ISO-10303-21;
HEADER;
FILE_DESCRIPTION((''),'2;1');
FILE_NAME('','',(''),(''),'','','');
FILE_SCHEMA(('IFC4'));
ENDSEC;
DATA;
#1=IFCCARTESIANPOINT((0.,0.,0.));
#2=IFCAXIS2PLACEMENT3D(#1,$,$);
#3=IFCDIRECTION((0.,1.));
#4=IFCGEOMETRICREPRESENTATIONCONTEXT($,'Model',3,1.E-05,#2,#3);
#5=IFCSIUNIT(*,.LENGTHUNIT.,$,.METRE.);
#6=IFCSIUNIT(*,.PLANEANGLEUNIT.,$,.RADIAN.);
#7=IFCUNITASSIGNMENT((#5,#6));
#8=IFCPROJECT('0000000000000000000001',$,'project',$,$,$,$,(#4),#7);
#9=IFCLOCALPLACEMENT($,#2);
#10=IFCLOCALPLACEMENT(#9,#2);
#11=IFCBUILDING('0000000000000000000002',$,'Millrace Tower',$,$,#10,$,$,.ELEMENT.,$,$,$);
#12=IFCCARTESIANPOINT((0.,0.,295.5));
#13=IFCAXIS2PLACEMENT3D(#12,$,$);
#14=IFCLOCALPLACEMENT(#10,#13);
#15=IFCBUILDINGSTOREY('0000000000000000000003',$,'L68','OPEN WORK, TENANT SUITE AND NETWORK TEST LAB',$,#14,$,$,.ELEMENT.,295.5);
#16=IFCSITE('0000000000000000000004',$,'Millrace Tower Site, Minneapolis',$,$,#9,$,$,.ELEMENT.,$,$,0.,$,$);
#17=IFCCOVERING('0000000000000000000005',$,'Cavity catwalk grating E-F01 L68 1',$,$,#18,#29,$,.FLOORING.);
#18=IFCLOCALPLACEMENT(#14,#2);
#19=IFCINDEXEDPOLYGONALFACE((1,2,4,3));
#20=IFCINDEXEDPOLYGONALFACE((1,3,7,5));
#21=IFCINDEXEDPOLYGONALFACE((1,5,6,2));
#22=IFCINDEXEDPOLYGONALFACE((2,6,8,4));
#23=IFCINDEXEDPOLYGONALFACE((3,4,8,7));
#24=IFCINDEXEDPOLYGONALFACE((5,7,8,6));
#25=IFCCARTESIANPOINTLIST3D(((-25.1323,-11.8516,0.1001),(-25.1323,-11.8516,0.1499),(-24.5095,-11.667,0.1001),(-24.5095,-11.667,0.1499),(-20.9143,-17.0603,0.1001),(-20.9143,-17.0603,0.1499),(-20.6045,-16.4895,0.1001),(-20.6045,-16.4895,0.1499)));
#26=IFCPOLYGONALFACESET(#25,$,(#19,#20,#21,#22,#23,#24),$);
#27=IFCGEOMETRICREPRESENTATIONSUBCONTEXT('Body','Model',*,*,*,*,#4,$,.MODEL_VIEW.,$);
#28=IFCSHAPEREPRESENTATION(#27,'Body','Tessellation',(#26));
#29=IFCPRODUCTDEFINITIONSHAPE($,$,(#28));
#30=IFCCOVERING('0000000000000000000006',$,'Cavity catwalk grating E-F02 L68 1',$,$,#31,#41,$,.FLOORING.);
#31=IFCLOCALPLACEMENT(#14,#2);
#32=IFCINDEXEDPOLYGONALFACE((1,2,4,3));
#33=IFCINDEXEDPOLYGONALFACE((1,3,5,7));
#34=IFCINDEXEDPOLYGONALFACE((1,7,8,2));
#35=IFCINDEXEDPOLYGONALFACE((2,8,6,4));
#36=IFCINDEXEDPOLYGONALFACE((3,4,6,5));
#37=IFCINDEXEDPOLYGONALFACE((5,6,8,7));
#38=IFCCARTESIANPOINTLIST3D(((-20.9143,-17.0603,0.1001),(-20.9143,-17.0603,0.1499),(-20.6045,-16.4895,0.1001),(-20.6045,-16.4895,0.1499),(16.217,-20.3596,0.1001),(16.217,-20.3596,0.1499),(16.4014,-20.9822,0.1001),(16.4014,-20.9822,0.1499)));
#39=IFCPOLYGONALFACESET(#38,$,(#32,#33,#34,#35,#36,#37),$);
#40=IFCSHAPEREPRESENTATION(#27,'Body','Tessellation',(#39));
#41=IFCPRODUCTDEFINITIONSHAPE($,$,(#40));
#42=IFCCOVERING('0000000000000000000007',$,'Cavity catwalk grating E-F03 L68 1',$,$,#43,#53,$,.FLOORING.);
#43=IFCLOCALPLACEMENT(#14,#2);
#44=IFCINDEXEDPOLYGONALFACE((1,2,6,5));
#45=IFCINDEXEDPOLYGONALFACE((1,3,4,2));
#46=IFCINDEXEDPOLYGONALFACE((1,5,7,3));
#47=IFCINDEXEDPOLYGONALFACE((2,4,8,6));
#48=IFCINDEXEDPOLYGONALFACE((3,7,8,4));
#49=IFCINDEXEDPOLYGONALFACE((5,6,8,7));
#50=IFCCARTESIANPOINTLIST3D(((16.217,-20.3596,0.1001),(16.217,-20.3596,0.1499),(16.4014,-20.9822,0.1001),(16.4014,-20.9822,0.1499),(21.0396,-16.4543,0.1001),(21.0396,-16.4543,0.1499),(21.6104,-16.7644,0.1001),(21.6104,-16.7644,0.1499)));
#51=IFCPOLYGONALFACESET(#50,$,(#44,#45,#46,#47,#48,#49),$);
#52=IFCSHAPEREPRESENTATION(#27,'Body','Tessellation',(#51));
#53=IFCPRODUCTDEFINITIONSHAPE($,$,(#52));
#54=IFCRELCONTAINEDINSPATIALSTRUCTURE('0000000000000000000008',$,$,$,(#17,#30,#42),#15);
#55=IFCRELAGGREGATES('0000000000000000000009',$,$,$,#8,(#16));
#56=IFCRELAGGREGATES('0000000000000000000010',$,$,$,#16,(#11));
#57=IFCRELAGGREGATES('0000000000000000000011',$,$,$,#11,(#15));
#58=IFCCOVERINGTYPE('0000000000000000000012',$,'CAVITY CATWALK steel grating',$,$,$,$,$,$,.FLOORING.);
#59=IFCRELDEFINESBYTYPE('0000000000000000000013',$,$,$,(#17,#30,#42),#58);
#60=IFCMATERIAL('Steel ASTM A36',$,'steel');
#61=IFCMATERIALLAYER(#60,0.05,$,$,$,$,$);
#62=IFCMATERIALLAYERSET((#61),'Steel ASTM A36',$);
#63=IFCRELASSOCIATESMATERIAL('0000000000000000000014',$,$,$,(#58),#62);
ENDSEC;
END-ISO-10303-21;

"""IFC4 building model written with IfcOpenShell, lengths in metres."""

from ifc_helpers import new_model, si_unit, direction, frame, origin, place, context, subcontext, project, spatial, polyline, outline, extrude, material, layer, layer_set, type_object, element, save


model = new_model("IFC4")

# Units and contexts
model_context = context("Model", 3, precision=1e-05, world=origin(), true_north=direction((0.0, 1.0)))
body_context = subcontext(model_context, "Body", "Model", "MODEL_VIEW")
ifc_project = project(units=[si_unit("LENGTHUNIT", "METRE"), si_unit("PLANEANGLEUNIT", "RADIAN")], contexts=[model_context])

# Site, building, storey
site_placement = place(None, origin())
site = spatial("IfcSite", under=ifc_project, at=site_placement, Name="Millrace Tower Site, Minneapolis", CompositionType="ELEMENT", RefElevation=0.0)
building_placement = place(site_placement, origin())
building = spatial("IfcBuilding", under=site, at=building_placement, Name="Millrace Tower", CompositionType="ELEMENT")
storey_placement = place(building_placement, frame((0.0, 0.0, 295.5)))
storey = spatial("IfcBuildingStorey", under=building, at=storey_placement, Name="L68", Description="OPEN WORK, TENANT SUITE AND NETWORK TEST LAB", CompositionType="ELEMENT", Elevation=295.5)

# Coverings
ifc_material_1 = material(Name="Steel ASTM A36", Category="steel")
ifc_layer_1 = layer(ifc_material_1, 0.05)
ifc_layer_set_1 = layer_set([ifc_layer_1], Name="Steel ASTM A36")
covering_type = type_object("IfcCoveringType", Name="CAVITY CATWALK steel grating", PredefinedType="FLOORING", material=ifc_layer_set_1)
placement_1 = place(storey_placement, frame((0.0, 0.0, 0.1001)))
element("IfcCovering", 1, at=placement_1, inside=storey, type_object=covering_type, Name="Cavity catwalk grating E-F01 L68 1", PredefinedType="FLOORING", context=body_context, shape_type="SweptSolid", body=[
    extrude(outline(polyline([(-25.1323, -11.8516), (-20.9143, -17.0603), (-20.6045, -16.4895), (-24.5095, -11.667), (-25.1323, -11.8516)])), origin(), (0.0, 0.0, 1.0), 0.0498),
])
element("IfcCovering", 2, at=placement_1, inside=storey, type_object=covering_type, Name="Cavity catwalk grating E-F02 L68 1", PredefinedType="FLOORING", context=body_context, shape_type="SweptSolid", body=[
    extrude(outline(polyline([(-20.9143, -17.0603), (16.4014, -20.9822), (16.217, -20.3596), (-20.6045, -16.4895), (-20.9143, -17.0603)])), origin(), (0.0, 0.0, 1.0), 0.0498),
])
element("IfcCovering", 3, at=placement_1, inside=storey, type_object=covering_type, Name="Cavity catwalk grating E-F03 L68 1", PredefinedType="FLOORING", context=body_context, shape_type="SweptSolid", body=[
    extrude(outline(polyline([(16.4014, -20.9822), (21.6104, -16.7644), (21.0396, -16.4543), (16.217, -20.3596), (16.4014, -20.9822)])), origin(), (0.0, 0.0, 1.0), 0.0498),
])

save(model, "model.ifc")
